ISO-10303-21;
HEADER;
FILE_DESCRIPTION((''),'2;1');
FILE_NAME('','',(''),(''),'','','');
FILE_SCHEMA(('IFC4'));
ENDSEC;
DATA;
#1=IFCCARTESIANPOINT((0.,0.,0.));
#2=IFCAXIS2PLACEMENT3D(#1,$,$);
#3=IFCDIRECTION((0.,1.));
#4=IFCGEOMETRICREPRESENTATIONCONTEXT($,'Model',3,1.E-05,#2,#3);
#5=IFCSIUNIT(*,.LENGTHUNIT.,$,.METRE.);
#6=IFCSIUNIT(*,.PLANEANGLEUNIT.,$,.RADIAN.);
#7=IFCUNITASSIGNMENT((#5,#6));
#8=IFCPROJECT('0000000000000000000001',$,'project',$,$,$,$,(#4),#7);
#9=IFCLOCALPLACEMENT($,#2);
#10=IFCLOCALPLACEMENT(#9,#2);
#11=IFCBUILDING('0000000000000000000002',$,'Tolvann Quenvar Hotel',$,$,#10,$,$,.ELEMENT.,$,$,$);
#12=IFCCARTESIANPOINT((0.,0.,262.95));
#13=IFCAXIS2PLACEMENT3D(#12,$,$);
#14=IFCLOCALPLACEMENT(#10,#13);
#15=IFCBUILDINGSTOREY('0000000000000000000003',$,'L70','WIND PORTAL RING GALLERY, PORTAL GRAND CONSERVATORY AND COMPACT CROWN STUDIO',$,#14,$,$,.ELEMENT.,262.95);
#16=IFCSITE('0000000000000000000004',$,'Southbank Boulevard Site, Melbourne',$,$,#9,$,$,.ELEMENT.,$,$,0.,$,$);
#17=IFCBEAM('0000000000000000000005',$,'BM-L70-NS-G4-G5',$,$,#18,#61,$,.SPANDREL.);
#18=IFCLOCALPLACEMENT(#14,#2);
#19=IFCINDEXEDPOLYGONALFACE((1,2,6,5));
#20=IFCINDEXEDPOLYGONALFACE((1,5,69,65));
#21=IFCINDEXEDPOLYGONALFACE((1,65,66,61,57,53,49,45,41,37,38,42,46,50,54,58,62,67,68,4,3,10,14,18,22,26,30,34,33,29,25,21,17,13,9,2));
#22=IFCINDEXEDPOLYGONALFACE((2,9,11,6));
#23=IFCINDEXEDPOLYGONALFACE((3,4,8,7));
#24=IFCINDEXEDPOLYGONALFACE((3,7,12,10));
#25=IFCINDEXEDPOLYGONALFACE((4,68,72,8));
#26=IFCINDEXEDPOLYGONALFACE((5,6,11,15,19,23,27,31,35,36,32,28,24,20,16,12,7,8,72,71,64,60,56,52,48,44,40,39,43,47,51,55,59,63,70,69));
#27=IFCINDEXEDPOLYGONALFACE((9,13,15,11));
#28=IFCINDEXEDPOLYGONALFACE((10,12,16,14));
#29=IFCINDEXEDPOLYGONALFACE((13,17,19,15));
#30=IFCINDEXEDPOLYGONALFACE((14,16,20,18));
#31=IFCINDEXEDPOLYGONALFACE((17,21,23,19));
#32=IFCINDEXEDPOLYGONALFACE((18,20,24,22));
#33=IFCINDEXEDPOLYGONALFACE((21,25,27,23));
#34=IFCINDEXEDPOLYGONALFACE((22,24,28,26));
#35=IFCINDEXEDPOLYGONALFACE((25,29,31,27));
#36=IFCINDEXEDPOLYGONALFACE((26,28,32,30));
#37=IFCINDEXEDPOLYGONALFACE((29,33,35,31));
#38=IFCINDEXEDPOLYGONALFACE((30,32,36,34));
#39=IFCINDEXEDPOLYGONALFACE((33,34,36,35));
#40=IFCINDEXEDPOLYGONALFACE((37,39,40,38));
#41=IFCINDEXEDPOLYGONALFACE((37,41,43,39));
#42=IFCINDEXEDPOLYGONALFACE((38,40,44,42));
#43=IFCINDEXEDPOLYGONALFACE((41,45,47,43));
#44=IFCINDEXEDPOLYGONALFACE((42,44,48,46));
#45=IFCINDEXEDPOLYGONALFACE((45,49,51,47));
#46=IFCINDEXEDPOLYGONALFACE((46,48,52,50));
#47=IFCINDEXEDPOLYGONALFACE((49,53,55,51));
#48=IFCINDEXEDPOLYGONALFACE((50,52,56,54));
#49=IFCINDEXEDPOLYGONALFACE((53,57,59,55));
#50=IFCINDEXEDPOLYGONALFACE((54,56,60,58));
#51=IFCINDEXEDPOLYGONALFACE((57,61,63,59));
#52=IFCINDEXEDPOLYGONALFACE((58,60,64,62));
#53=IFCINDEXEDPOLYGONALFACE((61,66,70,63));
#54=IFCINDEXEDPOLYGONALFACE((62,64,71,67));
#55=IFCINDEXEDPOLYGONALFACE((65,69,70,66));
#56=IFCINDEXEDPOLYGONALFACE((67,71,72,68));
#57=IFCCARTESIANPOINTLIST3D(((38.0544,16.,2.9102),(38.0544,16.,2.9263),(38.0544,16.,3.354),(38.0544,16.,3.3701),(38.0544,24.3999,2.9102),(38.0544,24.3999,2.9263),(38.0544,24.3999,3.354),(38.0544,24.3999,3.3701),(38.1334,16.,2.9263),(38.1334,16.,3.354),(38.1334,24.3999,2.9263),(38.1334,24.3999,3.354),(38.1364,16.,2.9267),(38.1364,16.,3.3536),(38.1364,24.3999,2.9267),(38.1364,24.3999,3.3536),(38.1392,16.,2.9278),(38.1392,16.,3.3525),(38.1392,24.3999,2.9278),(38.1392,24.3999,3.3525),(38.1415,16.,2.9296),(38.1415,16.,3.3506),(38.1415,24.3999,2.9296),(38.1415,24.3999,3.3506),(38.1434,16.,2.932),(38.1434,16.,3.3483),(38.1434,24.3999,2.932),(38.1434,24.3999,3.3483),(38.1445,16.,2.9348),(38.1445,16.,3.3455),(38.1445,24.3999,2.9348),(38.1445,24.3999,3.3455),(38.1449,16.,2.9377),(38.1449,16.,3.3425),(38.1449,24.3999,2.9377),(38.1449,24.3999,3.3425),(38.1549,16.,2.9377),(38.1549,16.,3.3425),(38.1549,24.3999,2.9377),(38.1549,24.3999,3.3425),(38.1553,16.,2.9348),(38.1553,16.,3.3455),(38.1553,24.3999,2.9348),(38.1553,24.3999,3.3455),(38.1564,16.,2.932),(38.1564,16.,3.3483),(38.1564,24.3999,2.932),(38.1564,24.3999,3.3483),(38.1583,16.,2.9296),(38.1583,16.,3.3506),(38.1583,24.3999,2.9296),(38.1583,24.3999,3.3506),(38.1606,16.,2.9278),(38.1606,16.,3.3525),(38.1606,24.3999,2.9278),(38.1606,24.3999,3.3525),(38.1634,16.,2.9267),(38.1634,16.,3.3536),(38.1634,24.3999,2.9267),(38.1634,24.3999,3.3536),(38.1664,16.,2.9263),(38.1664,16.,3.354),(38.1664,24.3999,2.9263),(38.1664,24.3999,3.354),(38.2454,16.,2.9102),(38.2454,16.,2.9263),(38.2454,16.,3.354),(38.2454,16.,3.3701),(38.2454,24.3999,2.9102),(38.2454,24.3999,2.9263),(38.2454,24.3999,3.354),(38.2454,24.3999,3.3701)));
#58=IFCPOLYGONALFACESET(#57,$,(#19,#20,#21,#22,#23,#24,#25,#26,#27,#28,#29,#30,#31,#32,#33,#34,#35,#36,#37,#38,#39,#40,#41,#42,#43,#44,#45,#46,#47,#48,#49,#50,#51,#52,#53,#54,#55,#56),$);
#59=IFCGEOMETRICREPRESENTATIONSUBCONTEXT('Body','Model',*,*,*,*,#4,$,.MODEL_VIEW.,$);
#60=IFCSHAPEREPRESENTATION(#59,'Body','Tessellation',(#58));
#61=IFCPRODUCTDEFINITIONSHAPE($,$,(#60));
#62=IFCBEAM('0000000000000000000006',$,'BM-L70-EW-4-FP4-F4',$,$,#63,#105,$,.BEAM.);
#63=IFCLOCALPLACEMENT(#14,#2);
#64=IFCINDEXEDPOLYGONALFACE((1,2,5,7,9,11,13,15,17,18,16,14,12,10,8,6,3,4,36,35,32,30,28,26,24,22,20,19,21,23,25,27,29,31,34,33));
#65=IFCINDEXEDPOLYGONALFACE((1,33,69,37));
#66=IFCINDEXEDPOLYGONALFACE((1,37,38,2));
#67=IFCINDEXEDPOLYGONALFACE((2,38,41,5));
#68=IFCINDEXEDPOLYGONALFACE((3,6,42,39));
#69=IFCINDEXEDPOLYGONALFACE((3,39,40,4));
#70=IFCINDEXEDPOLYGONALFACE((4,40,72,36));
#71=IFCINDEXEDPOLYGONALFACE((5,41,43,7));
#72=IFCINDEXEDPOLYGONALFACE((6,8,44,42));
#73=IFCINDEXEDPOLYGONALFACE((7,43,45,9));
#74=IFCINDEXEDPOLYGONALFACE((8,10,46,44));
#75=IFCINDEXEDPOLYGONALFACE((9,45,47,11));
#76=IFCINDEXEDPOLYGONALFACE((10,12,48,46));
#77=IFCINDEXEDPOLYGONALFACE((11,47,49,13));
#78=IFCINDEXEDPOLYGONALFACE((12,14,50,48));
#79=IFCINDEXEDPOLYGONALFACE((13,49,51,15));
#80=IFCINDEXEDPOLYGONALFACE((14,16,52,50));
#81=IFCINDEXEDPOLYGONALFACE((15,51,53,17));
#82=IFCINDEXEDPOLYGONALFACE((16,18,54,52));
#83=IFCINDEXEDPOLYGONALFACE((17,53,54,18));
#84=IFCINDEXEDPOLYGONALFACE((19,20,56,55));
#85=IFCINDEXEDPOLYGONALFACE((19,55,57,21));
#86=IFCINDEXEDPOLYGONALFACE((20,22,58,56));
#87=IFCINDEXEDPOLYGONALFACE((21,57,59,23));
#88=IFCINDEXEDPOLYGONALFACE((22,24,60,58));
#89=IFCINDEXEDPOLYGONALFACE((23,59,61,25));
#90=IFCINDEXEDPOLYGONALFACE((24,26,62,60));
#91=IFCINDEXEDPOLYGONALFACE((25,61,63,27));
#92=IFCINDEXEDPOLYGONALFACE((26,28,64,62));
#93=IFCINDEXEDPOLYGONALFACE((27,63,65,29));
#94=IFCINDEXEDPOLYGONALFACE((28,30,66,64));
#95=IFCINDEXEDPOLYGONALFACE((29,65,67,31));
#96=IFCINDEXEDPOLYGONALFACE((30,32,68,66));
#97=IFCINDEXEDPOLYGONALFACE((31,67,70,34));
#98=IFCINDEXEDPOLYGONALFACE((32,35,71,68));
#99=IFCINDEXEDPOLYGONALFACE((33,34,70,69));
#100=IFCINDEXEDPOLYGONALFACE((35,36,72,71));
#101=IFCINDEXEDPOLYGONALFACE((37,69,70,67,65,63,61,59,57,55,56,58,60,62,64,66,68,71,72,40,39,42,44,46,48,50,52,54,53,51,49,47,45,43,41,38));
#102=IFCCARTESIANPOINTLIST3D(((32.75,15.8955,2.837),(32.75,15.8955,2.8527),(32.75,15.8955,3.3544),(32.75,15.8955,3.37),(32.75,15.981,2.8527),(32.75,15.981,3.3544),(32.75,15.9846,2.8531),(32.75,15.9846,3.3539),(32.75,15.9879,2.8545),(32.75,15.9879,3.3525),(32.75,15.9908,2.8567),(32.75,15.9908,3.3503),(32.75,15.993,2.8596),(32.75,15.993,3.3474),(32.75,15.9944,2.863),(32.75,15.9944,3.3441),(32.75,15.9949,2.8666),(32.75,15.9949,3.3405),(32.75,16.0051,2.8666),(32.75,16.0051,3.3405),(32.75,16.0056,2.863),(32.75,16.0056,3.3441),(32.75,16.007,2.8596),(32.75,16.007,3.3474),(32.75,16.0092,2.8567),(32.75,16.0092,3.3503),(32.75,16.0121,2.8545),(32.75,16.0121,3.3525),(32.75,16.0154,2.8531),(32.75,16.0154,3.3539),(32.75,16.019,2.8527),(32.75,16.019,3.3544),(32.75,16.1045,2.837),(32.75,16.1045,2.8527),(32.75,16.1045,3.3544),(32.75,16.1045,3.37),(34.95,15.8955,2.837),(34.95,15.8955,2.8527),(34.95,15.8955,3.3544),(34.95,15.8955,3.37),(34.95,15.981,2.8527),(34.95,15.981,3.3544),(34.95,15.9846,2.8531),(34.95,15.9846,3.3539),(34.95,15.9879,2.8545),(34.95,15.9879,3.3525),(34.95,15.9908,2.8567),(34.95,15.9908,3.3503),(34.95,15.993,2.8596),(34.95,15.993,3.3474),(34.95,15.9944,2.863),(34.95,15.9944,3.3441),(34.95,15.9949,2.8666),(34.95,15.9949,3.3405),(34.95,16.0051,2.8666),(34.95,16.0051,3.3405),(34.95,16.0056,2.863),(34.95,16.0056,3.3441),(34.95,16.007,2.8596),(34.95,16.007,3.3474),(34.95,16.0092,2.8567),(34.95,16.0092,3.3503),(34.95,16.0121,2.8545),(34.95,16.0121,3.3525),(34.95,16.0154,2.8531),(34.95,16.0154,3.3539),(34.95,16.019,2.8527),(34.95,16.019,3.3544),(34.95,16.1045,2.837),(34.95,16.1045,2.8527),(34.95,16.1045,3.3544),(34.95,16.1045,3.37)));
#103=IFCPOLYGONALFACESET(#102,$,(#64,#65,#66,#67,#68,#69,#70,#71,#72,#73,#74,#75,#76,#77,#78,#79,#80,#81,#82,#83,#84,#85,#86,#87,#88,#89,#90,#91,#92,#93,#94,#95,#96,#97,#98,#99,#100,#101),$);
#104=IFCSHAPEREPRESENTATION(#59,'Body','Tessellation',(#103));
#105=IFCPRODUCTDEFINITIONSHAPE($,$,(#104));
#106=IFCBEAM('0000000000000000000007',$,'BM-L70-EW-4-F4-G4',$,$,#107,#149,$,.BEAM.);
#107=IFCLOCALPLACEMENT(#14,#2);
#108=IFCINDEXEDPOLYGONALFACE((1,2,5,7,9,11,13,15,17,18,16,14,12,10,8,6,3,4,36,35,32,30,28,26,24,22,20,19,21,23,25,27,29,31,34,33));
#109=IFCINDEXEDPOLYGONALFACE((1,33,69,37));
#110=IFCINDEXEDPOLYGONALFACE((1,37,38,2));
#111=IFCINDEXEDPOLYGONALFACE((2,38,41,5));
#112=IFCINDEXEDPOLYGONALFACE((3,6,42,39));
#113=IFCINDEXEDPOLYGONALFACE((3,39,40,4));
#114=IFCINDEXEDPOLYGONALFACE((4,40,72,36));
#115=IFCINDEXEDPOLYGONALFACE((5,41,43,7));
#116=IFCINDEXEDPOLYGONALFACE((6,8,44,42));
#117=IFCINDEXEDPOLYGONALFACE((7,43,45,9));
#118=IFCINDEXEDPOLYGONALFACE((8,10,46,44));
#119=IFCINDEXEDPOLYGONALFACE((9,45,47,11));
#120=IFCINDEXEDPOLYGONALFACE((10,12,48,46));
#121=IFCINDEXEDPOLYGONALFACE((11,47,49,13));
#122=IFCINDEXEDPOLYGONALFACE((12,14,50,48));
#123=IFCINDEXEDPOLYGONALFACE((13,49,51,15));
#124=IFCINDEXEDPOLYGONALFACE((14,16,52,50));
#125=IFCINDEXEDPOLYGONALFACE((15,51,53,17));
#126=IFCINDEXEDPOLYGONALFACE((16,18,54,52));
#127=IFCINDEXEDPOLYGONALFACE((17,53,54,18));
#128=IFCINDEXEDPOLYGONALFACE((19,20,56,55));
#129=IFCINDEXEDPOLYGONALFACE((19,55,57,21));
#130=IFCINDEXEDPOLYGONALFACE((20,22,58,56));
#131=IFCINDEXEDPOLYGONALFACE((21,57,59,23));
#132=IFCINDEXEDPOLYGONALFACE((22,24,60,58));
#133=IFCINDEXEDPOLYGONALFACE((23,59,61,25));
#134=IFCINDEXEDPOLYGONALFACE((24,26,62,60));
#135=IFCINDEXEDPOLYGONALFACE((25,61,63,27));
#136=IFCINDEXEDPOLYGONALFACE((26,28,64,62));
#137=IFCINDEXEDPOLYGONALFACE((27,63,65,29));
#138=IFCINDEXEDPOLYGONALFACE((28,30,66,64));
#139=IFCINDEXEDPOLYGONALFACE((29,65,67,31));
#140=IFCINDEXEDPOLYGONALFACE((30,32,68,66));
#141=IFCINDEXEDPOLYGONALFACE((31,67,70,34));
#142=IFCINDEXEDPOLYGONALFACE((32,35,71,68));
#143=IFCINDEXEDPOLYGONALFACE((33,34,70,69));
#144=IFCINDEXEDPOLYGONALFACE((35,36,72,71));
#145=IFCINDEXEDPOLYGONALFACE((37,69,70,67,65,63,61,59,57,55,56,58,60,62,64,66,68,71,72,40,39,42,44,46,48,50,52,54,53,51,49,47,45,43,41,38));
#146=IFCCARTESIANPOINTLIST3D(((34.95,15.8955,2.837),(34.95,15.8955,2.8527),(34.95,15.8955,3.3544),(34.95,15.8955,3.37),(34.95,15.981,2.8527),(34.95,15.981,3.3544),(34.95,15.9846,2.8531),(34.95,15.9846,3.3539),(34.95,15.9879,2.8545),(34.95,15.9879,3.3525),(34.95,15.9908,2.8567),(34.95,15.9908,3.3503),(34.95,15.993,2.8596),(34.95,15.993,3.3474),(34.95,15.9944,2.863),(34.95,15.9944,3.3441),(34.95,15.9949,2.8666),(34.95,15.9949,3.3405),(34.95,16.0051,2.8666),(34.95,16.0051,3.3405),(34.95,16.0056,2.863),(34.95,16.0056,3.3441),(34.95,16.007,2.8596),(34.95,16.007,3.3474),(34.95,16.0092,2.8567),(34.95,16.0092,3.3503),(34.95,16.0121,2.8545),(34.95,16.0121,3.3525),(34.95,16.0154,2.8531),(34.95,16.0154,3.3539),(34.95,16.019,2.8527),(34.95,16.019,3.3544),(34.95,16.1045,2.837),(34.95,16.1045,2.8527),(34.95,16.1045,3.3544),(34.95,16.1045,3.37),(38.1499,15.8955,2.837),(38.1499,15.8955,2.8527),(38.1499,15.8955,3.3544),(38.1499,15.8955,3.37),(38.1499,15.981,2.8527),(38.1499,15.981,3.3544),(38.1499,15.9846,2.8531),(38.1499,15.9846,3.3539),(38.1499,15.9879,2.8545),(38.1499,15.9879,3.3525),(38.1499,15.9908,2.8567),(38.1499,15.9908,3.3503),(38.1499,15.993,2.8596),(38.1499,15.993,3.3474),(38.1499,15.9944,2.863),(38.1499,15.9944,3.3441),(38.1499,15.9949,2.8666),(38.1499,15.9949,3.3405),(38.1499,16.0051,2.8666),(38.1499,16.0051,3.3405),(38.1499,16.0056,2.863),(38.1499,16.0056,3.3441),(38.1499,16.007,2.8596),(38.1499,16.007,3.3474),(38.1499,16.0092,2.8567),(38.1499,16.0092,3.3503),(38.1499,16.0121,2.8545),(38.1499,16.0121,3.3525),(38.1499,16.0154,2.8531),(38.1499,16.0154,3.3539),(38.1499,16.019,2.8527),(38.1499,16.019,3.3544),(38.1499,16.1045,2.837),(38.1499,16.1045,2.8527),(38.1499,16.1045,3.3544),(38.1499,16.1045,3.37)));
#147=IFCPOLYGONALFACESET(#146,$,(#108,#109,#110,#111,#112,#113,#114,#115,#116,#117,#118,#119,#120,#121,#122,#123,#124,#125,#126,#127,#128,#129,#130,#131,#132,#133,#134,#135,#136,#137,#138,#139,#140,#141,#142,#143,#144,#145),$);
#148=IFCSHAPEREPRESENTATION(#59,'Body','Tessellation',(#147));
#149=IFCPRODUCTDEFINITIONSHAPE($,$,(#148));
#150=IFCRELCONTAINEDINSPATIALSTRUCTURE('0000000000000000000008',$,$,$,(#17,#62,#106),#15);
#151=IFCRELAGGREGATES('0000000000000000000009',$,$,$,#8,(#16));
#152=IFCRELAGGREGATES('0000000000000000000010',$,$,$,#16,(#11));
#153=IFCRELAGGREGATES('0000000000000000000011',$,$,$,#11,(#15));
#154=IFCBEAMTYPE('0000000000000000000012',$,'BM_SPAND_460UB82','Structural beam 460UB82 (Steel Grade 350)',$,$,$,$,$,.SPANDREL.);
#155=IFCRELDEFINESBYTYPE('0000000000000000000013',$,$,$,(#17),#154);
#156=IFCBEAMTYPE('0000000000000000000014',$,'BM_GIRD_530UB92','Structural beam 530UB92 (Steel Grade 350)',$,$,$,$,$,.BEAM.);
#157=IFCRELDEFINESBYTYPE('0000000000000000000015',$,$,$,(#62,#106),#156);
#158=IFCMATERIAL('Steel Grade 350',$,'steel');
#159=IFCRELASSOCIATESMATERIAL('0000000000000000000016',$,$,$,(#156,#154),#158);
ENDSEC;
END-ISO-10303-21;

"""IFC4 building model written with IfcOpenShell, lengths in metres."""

from ifc_helpers import new_model, si_unit, direction, frame, origin, origin_2d, place, context, subcontext, project, spatial, i_section, extrude, source, transform, mapped, material, material_profile, profile_set, type_object, element, save


model = new_model("IFC4")

# Units and contexts
model_context = context("Model", 3, precision=1e-05, world=origin(), true_north=direction((0.0, 1.0)))
body_context = subcontext(model_context, "Body", "Model", "MODEL_VIEW")
ifc_project = project(units=[si_unit("LENGTHUNIT", "METRE"), si_unit("PLANEANGLEUNIT", "RADIAN")], contexts=[model_context])

# Site, building, storey
site_placement = place(None, origin())
site = spatial("IfcSite", under=ifc_project, at=site_placement, Name="Southbank Boulevard Site, Melbourne", CompositionType="ELEMENT", RefElevation=0.0)
building_placement = place(site_placement, origin())
building = spatial("IfcBuilding", under=site, at=building_placement, Name="Tolvann Quenvar Hotel", CompositionType="ELEMENT")
storey_placement = place(building_placement, frame((0.0, 0.0, 262.95)))
storey = spatial("IfcBuildingStorey", under=building, at=storey_placement, Name="L70", Description="WIND PORTAL RING GALLERY, PORTAL GRAND CONSERVATORY AND COMPACT CROWN STUDIO", CompositionType="ELEMENT", Elevation=262.95)

# Shared definitions
ifc_material_1 = material(Name="Steel Grade 350", Category="steel")

# Beams
ifc_material_profile_1 = material_profile(ifc_material_1, i_section(OverallWidth=0.209, OverallDepth=0.533, WebThickness=0.0103, FlangeThickness=0.0156, FilletRadius=0.0139, at=origin_2d()), Name="530UB92")
ifc_profile_set_1 = profile_set([ifc_material_profile_1], Name="Steel Grade 350")
beam_type_1 = type_object("IfcBeamType", Name="BM_GIRD_530UB92", Description="Structural beam 530UB92 (Steel Grade 350)", PredefinedType="BEAM", material=ifc_profile_set_1)
ifc_material_profile_2 = material_profile(ifc_material_1, i_section(OverallWidth=0.1909, OverallDepth=0.46, WebThickness=0.01, FlangeThickness=0.0161, FilletRadius=0.0115, at=origin_2d()), Name="460UB82")
ifc_profile_set_2 = profile_set([ifc_material_profile_2], Name="Steel Grade 350")
beam_type_2 = type_object("IfcBeamType", Name="BM_SPAND_460UB82", Description="Structural beam 460UB82 (Steel Grade 350)", PredefinedType="SPANDREL", material=ifc_profile_set_2)
shared_shape_1 = source(origin(), body_context, "Body", "SweptSolid", [
    extrude(i_section(OverallWidth=0.1909, OverallDepth=0.46, WebThickness=0.01, FlangeThickness=0.0161, FilletRadius=0.0115, at=origin_2d()), origin(), (0.0, 0.0, 1.0), 8.3999),
])
beam_1_placement = place(storey_placement, frame((38.1499, 16.0, 3.1401), z_axis=(0.0, 1.0, 0.0), x_axis=(-1.0, 0.0, 0.0)))
element("IfcBeam", 1, at=beam_1_placement, inside=storey, type_object=beam_type_2, Name="BM-L70-NS-G4-G5", PredefinedType="SPANDREL", context=body_context, shape_type="MappedRepresentation", body=[
    mapped(shared_shape_1, transform((0.0, 0.0, 0.0), x_axis=(1.0, 0.0, 0.0), y_axis=(0.0, 1.0, 0.0), z_axis=(0.0, 0.0, 1.0), scale=1.0)),
])
shared_shape_2 = source(origin(), body_context, "Body", "SweptSolid", [
    extrude(i_section(OverallWidth=0.209, OverallDepth=0.533, WebThickness=0.0103, FlangeThickness=0.0156, FilletRadius=0.0139, at=origin_2d()), origin(), (0.0, 0.0, 1.0), 2.2),
])
beam_2_placement = place(storey_placement, frame((32.75, 16.0, 3.1035), z_axis=(1.0, 0.0, 0.0), x_axis=(0.0, 1.0, 0.0)))
element("IfcBeam", 2, at=beam_2_placement, inside=storey, type_object=beam_type_1, Name="BM-L70-EW-4-FP4-F4", PredefinedType="BEAM", context=body_context, shape_type="MappedRepresentation", body=[
    mapped(shared_shape_2, transform((0.0, 0.0, 0.0), x_axis=(1.0, 0.0, 0.0), y_axis=(0.0, 1.0, 0.0), z_axis=(0.0, 0.0, 1.0), scale=1.0)),
])
shared_shape_3 = source(origin(), body_context, "Body", "SweptSolid", [
    extrude(i_section(OverallWidth=0.209, OverallDepth=0.533, WebThickness=0.0103, FlangeThickness=0.0156, FilletRadius=0.0139, at=origin_2d()), origin(), (0.0, 0.0, 1.0), 3.2),
])
beam_3_placement = place(storey_placement, frame((34.95, 16.0, 3.1035), z_axis=(1.0, 0.0, 0.0), x_axis=(0.0, 1.0, 0.0)))
element("IfcBeam", 3, at=beam_3_placement, inside=storey, type_object=beam_type_1, Name="BM-L70-EW-4-F4-G4", PredefinedType="BEAM", context=body_context, shape_type="MappedRepresentation", body=[
    mapped(shared_shape_3, transform((0.0, 0.0, 0.0), x_axis=(1.0, 0.0, 0.0), y_axis=(0.0, 1.0, 0.0), z_axis=(0.0, 0.0, 1.0), scale=1.0)),
])

save(model, "model.ifc")
